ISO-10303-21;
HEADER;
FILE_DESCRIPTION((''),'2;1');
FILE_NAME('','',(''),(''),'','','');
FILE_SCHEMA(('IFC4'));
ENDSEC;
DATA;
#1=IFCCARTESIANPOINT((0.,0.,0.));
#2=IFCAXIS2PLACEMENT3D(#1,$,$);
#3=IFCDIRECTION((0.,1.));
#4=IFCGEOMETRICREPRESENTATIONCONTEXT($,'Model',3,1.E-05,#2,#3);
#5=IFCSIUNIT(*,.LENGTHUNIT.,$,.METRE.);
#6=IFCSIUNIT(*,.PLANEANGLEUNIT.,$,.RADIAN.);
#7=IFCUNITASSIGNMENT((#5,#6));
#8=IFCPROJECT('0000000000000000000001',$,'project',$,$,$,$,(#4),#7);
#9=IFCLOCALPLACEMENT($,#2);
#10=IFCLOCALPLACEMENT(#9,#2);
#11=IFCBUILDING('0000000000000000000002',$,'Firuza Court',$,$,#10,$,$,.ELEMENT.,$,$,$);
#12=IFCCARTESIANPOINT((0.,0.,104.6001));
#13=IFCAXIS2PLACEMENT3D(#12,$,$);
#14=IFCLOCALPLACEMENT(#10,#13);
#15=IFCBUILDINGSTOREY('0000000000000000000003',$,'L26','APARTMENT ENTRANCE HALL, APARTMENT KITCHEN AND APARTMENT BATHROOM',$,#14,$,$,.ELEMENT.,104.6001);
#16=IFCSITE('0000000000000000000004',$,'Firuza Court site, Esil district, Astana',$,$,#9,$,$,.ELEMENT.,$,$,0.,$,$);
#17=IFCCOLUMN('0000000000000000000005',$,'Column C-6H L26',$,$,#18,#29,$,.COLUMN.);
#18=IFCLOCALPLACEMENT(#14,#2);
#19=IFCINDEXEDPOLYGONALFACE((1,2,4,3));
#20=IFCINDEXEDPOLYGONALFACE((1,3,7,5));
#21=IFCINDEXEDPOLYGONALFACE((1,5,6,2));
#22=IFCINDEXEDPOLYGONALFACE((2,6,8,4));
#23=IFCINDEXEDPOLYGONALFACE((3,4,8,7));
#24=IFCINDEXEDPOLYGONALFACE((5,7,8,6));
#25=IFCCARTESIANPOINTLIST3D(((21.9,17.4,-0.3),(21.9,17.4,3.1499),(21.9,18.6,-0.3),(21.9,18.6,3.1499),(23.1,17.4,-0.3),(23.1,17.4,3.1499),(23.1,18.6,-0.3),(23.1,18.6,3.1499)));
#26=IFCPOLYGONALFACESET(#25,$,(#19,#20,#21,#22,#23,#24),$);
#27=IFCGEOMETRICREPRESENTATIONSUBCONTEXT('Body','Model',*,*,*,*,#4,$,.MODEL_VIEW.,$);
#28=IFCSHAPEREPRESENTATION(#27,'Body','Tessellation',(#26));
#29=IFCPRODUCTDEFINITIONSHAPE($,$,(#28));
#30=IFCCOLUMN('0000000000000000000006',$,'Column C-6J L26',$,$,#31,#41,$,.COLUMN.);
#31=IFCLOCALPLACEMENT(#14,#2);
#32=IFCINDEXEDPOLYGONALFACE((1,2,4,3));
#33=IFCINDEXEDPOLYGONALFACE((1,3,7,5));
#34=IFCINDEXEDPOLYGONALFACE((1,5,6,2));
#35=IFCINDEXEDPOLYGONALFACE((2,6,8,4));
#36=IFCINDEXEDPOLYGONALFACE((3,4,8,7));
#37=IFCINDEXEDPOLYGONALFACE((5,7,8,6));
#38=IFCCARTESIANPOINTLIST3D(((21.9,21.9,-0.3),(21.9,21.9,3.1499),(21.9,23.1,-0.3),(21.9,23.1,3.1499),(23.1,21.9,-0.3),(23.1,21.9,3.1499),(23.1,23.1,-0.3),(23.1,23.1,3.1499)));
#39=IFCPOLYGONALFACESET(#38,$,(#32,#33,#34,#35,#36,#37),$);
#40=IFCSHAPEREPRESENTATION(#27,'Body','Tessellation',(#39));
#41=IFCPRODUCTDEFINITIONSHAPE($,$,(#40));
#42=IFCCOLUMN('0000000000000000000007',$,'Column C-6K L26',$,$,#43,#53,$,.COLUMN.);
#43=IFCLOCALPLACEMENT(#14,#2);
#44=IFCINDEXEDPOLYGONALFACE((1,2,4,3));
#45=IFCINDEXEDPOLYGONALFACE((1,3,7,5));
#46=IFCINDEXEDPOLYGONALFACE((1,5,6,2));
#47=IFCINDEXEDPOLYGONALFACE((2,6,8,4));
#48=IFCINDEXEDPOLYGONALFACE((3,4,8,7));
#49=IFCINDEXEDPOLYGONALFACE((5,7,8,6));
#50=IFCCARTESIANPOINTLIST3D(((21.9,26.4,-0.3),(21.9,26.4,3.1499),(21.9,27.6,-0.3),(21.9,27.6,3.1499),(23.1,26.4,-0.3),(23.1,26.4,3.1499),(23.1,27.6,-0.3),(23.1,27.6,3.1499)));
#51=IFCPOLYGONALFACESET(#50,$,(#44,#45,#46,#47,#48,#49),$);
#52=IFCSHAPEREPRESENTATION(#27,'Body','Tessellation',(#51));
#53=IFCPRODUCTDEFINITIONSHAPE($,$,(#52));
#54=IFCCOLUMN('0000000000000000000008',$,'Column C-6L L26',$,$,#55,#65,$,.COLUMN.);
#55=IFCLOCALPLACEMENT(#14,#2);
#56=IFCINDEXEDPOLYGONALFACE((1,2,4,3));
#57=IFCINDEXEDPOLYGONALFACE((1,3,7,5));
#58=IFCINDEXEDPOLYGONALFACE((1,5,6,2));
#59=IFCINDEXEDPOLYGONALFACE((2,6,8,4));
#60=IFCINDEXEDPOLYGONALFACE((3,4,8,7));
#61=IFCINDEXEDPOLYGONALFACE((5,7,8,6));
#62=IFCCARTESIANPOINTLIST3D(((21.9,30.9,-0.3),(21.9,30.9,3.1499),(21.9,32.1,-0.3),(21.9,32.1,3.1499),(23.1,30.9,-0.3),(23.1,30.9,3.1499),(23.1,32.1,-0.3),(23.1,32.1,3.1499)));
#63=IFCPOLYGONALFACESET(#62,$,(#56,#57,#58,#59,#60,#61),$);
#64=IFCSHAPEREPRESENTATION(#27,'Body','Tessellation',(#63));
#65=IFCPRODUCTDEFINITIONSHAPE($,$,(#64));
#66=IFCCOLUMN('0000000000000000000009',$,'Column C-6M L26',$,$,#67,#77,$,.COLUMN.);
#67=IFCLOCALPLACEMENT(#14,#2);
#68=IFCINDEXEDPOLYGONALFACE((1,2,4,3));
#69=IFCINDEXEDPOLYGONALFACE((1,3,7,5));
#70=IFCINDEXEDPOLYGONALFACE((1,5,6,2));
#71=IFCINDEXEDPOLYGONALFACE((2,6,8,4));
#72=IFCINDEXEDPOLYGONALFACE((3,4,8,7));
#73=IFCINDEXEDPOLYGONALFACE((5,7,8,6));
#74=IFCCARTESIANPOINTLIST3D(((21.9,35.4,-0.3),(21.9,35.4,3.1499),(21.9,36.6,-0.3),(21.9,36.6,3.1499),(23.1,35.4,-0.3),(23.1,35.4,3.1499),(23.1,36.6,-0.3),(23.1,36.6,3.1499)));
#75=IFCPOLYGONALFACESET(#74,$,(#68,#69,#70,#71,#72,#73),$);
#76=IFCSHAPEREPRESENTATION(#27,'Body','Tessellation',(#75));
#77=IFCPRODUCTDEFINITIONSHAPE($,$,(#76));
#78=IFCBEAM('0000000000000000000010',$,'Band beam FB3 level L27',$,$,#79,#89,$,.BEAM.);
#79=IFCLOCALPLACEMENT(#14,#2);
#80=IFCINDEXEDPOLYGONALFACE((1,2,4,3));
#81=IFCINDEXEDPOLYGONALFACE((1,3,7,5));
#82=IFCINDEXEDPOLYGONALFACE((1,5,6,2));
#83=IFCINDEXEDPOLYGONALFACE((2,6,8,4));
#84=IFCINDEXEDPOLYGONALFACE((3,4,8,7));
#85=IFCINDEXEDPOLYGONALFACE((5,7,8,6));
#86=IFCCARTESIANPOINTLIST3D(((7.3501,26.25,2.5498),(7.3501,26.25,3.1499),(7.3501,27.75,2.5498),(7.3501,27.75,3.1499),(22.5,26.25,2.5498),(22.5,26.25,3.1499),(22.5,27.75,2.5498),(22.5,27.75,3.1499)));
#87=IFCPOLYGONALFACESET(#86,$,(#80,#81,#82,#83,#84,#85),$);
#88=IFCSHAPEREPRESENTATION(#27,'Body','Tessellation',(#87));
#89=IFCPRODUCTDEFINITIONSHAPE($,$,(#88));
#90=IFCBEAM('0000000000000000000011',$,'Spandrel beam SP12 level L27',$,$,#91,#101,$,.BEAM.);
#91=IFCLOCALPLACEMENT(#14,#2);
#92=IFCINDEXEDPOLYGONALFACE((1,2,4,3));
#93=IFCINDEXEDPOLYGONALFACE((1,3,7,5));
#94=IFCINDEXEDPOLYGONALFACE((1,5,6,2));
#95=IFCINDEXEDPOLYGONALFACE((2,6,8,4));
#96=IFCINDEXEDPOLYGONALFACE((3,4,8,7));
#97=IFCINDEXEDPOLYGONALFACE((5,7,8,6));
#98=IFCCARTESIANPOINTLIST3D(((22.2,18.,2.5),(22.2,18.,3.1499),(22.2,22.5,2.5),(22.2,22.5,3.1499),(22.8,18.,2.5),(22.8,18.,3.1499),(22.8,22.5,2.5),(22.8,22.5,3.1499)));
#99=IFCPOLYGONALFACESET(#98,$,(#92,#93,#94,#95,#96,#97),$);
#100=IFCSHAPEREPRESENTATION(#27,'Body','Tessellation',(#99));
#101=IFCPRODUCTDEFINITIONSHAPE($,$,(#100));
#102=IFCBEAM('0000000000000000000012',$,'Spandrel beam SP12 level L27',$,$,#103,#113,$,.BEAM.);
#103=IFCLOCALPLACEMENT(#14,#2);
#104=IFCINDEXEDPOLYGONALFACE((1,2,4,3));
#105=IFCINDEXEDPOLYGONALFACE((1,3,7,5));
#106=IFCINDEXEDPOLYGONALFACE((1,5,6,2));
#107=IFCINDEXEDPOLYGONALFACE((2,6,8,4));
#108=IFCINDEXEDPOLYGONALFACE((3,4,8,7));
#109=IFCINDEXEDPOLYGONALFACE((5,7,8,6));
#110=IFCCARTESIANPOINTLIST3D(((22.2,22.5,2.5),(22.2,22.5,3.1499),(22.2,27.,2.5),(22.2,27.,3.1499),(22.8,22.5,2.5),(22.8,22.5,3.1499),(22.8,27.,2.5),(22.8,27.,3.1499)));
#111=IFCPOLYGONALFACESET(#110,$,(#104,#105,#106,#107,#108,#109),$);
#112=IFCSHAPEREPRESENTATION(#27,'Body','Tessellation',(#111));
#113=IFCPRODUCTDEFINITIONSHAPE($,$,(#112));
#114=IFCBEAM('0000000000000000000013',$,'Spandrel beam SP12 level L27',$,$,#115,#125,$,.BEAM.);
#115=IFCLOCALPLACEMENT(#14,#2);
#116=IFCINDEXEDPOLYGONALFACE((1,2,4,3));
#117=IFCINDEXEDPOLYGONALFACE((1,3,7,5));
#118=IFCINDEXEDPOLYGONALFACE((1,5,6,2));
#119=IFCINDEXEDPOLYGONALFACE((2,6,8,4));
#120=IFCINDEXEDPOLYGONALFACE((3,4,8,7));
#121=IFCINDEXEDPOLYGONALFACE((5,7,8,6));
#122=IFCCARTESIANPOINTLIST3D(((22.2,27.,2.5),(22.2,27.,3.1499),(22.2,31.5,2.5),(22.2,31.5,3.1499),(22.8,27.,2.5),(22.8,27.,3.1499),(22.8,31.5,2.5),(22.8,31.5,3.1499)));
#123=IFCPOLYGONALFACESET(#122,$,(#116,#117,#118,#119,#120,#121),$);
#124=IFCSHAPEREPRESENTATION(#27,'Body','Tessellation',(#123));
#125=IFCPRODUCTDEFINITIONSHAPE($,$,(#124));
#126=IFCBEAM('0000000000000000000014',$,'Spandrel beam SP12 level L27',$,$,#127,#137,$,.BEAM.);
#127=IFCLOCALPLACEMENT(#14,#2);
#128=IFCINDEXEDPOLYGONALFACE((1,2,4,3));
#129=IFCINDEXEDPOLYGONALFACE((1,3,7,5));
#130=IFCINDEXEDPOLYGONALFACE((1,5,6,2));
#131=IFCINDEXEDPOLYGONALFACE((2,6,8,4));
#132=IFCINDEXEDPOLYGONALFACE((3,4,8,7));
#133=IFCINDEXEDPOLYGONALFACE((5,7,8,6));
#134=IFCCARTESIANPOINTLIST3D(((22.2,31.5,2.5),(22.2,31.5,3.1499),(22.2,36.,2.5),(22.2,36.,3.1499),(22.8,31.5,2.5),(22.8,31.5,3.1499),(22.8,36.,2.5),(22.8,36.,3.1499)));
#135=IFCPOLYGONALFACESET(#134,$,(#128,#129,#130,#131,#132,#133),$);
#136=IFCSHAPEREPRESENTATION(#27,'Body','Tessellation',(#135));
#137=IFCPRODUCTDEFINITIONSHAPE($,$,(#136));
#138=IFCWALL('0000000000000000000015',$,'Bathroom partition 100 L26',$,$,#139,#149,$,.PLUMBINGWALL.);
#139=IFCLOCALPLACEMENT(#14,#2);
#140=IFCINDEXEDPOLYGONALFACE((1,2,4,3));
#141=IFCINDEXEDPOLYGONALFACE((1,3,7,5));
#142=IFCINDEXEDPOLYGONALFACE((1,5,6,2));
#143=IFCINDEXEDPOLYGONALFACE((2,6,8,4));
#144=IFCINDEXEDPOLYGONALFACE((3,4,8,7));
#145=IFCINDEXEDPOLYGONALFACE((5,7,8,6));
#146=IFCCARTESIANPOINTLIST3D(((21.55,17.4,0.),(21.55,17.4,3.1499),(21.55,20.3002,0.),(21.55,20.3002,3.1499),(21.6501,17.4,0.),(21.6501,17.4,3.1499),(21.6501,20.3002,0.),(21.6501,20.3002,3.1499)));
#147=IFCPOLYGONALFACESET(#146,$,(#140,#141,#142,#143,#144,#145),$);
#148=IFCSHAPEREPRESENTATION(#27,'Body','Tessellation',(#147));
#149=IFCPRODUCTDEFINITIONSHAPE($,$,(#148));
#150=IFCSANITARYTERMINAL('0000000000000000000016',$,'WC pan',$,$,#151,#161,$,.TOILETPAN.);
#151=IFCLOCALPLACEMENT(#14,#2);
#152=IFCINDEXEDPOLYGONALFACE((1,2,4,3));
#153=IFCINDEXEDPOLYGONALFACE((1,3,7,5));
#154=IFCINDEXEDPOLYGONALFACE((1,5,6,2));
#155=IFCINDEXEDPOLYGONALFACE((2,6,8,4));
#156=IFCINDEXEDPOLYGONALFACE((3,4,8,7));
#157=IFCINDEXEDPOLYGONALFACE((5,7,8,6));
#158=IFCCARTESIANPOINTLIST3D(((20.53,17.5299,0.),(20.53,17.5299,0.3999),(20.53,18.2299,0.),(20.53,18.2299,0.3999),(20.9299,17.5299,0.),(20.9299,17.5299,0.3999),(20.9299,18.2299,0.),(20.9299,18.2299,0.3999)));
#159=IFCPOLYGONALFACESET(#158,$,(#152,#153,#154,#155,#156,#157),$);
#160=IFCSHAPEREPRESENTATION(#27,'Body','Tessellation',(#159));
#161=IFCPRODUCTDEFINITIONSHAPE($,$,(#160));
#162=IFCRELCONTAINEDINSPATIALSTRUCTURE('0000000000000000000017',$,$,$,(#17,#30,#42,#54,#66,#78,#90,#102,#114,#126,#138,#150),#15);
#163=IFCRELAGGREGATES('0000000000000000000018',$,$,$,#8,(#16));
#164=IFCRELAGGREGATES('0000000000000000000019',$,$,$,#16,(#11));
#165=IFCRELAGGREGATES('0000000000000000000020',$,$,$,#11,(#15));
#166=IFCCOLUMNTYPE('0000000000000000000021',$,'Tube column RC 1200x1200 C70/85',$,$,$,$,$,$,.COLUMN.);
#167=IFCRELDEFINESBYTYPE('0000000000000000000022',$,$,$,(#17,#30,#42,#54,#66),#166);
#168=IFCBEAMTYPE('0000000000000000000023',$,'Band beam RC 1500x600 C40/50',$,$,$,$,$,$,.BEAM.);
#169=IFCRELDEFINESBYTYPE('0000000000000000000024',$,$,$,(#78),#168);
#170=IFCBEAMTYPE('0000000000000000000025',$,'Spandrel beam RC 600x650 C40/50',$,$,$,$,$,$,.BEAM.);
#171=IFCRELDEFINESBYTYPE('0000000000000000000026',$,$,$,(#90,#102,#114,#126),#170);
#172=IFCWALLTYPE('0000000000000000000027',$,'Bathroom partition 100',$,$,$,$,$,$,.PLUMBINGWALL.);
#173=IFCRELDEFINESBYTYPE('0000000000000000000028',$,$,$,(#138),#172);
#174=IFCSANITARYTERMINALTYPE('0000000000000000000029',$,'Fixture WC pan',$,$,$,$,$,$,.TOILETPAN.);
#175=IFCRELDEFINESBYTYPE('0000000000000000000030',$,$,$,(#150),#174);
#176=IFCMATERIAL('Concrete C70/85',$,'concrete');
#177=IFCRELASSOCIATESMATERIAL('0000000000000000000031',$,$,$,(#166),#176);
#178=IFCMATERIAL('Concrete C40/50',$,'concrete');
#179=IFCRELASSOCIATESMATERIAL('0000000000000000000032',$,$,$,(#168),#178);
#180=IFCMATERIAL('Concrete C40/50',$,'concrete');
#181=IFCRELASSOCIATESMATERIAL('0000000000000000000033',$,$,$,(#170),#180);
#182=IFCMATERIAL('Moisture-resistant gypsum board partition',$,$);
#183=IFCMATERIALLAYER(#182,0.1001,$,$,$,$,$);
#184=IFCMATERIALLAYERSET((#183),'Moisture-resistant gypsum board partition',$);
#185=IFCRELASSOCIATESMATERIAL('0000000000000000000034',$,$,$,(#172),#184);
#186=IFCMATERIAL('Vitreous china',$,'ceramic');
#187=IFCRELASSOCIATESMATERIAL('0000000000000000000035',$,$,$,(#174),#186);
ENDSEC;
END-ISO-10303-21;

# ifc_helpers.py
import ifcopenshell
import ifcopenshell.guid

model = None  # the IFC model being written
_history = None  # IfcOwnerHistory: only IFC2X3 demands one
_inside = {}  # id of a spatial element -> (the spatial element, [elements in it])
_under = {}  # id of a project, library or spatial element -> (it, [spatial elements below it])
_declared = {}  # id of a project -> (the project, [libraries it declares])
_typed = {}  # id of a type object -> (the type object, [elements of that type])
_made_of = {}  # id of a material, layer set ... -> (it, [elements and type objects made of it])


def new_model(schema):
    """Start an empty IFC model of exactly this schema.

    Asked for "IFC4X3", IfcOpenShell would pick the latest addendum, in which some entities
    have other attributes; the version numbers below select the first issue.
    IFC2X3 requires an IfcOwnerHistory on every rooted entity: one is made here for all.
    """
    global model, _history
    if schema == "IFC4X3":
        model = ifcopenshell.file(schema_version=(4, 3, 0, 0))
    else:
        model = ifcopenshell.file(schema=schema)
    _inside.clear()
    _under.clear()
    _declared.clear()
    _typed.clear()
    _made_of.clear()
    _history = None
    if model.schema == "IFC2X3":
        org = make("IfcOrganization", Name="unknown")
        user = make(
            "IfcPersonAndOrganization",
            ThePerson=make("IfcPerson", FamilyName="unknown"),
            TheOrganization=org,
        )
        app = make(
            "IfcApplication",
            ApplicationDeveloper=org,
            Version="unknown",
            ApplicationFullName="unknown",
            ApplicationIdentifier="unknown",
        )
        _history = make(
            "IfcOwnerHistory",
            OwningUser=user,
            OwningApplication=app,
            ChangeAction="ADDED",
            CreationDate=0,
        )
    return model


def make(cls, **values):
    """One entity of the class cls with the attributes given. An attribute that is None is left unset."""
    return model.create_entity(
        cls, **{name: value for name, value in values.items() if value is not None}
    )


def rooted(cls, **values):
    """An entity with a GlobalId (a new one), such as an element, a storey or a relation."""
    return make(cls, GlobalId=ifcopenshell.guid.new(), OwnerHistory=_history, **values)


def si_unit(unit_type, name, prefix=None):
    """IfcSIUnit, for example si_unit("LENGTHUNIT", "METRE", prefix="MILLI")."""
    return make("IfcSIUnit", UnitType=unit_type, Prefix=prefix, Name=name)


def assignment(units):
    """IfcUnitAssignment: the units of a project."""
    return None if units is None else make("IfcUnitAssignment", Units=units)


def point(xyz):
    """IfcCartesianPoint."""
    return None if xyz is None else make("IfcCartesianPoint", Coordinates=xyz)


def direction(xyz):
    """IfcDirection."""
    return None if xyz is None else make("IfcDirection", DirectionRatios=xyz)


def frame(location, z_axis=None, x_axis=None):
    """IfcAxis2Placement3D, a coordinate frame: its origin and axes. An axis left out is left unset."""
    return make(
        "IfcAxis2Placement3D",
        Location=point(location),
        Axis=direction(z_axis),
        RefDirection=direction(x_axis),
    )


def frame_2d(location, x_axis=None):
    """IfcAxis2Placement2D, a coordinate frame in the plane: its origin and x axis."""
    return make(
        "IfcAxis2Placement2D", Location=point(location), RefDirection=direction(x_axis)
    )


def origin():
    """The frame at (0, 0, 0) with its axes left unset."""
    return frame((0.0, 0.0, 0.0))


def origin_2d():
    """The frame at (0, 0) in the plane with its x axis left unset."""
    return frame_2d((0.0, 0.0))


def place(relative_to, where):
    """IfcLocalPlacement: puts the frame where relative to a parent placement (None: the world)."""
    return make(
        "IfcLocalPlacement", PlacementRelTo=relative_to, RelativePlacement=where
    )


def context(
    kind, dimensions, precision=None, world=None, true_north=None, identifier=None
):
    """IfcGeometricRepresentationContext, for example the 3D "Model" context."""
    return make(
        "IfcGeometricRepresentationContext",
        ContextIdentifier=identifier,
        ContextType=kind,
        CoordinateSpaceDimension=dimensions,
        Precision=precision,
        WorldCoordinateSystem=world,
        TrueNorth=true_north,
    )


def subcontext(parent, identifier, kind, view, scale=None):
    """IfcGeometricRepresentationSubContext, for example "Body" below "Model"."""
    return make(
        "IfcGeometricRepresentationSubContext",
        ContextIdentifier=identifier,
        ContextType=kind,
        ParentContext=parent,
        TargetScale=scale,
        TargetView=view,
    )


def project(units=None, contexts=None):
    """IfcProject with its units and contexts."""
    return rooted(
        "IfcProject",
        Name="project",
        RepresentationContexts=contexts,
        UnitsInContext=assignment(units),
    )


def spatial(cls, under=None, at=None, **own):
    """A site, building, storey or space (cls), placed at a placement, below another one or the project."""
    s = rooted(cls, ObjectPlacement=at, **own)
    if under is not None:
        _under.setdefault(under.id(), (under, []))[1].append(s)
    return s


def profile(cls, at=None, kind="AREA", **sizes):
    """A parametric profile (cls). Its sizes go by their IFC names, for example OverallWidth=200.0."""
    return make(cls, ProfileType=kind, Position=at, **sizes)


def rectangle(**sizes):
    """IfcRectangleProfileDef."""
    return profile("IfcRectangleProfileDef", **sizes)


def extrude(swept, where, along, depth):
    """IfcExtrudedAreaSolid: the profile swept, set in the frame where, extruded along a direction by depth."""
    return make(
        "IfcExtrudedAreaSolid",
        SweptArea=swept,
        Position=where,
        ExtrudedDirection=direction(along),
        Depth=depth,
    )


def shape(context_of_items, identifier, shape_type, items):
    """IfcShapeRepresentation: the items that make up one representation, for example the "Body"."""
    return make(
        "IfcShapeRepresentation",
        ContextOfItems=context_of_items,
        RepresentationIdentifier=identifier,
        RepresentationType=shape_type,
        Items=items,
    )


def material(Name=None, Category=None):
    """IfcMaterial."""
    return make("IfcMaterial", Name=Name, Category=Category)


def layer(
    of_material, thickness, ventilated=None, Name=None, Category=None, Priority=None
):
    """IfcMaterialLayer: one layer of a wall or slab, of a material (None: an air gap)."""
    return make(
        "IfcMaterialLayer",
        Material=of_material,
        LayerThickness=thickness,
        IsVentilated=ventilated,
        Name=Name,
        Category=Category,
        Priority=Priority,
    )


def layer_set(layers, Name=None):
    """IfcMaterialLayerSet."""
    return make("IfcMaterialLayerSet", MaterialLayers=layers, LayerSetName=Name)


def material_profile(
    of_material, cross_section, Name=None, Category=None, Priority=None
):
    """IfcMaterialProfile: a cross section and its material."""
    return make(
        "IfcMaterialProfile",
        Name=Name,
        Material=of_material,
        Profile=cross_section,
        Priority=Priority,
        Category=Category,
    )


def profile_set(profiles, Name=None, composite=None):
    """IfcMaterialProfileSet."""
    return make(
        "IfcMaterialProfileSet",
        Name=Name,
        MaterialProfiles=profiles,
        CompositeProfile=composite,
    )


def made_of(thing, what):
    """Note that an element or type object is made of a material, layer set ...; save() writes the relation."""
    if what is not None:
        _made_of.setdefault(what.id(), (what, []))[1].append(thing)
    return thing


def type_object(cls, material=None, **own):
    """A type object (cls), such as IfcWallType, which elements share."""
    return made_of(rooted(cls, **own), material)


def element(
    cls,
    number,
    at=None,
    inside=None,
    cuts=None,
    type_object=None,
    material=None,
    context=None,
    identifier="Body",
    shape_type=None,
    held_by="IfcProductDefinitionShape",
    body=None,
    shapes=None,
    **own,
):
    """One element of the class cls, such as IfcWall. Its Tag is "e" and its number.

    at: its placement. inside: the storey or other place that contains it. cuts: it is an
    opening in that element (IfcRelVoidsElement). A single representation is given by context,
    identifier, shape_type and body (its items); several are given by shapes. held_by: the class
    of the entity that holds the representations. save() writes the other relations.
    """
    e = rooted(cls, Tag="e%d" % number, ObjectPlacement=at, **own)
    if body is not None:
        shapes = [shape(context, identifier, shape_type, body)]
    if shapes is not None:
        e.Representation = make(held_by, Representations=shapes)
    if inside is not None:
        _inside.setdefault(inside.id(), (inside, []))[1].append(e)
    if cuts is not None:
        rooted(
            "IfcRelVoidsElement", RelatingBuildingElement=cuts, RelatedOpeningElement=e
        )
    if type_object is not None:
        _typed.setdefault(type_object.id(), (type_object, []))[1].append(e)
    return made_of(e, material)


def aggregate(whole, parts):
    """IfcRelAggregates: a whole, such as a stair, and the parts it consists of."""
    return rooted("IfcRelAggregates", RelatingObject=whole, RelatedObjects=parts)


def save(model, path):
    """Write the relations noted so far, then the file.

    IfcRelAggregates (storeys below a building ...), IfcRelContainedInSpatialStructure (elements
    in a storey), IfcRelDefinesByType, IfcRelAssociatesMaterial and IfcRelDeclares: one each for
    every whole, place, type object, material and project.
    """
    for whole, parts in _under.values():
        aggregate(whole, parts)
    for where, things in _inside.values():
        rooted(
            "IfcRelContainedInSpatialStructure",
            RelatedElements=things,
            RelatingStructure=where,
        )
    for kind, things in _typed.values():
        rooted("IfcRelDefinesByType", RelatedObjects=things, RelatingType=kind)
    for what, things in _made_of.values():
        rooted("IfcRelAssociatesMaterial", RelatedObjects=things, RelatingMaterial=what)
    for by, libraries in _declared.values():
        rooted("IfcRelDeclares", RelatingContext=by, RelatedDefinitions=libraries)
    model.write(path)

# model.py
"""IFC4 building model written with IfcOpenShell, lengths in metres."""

from ifc_helpers import new_model, si_unit, direction, frame, frame_2d, origin, origin_2d, place, context, subcontext, project, spatial, rectangle, extrude, material, layer, layer_set, material_profile, profile_set, type_object, element, save


model = new_model("IFC4")

# Units and contexts
model_context = context("Model", 3, precision=1e-05, world=origin(), true_north=direction((0.0, 1.0)))
body_context = subcontext(model_context, "Body", "Model", "MODEL_VIEW")
ifc_project = project(units=[si_unit("LENGTHUNIT", "METRE"), si_unit("PLANEANGLEUNIT", "RADIAN")], contexts=[model_context])

# Site, building, storey
site_placement = place(None, origin())
site = spatial("IfcSite", under=ifc_project, at=site_placement, Name="Firuza Court site, Esil district, Astana", CompositionType="ELEMENT", RefElevation=0.0)
building_placement = place(site_placement, origin())
building = spatial("IfcBuilding", under=site, at=building_placement, Name="Firuza Court", CompositionType="ELEMENT")
storey_placement = place(building_placement, frame((0.0, 0.0, 104.6001)))
storey = spatial("IfcBuildingStorey", under=building, at=storey_placement, Name="L26", Description="APARTMENT ENTRANCE HALL, APARTMENT KITCHEN AND APARTMENT BATHROOM", CompositionType="ELEMENT", Elevation=104.6001)

# Columns
ifc_material_1 = material(Name="Concrete C70/85", Category="concrete")
ifc_material_profile_1 = material_profile(ifc_material_1, rectangle(XDim=1.2, YDim=1.2, at=origin_2d()), Name="RC 1200x1200")
ifc_profile_set_1 = profile_set([ifc_material_profile_1], Name="Concrete C70/85")
column_type = type_object("IfcColumnType", Name="Tube column RC 1200x1200 C70/85", PredefinedType="COLUMN", material=ifc_profile_set_1)
for number, where, z_axis, x_axis, name in (
    (1, (22.5, 18.0, -0.3), (0.0, 0.0, 1.0), (1.0, 0.0, 0.0), "Column C-6H L26"),
    (2, (22.5, 22.5, -0.3), (0.0, 0.0, 1.0), (1.0, 0.0, 0.0), "Column C-6J L26"),
    (3, (22.5, 27.0, -0.3), (0.0, 0.0, 1.0), (1.0, 0.0, 0.0), "Column C-6K L26"),
    (4, (22.5, 31.5, -0.3), (0.0, 0.0, 1.0), (1.0, 0.0, 0.0), "Column C-6L L26"),
    (5, (22.5, 36.0, -0.3), (0.0, 0.0, 1.0), (1.0, 0.0, 0.0), "Column C-6M L26"),
):
    element("IfcColumn", number, at=place(storey_placement, frame(where, z_axis=z_axis, x_axis=x_axis)), inside=storey, type_object=column_type, Name=name, PredefinedType="COLUMN", context=body_context, shape_type="SweptSolid", body=[
        extrude(rectangle(XDim=1.2, YDim=1.2, at=origin_2d()), origin(), (0.0, 0.0, 1.0), 3.45),
    ])

# Beams
ifc_material_2 = material(Name="Concrete C40/50", Category="concrete")
ifc_material_profile_2 = material_profile(ifc_material_2, rectangle(XDim=1.5, YDim=0.6001, at=origin_2d()), Name="RC 1500x600")
ifc_profile_set_2 = profile_set([ifc_material_profile_2], Name="Concrete C40/50")
beam_type_1 = type_object("IfcBeamType", Name="Band beam RC 1500x600 C40/50", PredefinedType="BEAM", material=ifc_profile_set_2)
beam_placement = place(storey_placement, frame((22.5, 27.0, 2.8499), z_axis=(-1.0, 0.0, 0.0), x_axis=(0.0, -1.0, 0.0)))
element("IfcBeam", 6, at=beam_placement, inside=storey, type_object=beam_type_1, Name="Band beam FB3 level L27", PredefinedType="BEAM", context=body_context, shape_type="SweptSolid", body=[
    extrude(rectangle(XDim=1.5, YDim=0.6001, at=origin_2d()), origin(), (0.0, 0.0, 1.0), 15.1499),
])
ifc_material_3 = material(Name="Concrete C40/50", Category="concrete")
ifc_material_profile_3 = material_profile(ifc_material_3, rectangle(XDim=0.6001, YDim=0.6499, at=origin_2d()), Name="RC 600x650")
ifc_profile_set_3 = profile_set([ifc_material_profile_3], Name="Concrete C40/50")
beam_type_2 = type_object("IfcBeamType", Name="Spandrel beam RC 600x650 C40/50", PredefinedType="BEAM", material=ifc_profile_set_3)
for number, where, z_axis, x_axis, name in (
    (7, (22.5, 18.0, 2.825), (0.0, 1.0, 0.0), (-1.0, 0.0, 0.0), "Spandrel beam SP12 level L27"),
    (8, (22.5, 22.5, 2.825), (0.0, 1.0, 0.0), (-1.0, 0.0, 0.0), "Spandrel beam SP12 level L27"),
    (9, (22.5, 27.0, 2.825), (0.0, 1.0, 0.0), (-1.0, 0.0, 0.0), "Spandrel beam SP12 level L27"),
    (10, (22.5, 31.5, 2.825), (0.0, 1.0, 0.0), (-1.0, 0.0, 0.0), "Spandrel beam SP12 level L27"),
):
    element("IfcBeam", number, at=place(storey_placement, frame(where, z_axis=z_axis, x_axis=x_axis)), inside=storey, type_object=beam_type_2, Name=name, PredefinedType="BEAM", context=body_context, shape_type="SweptSolid", body=[
        extrude(rectangle(XDim=0.6001, YDim=0.6499, at=origin_2d()), origin(), (0.0, 0.0, 1.0), 4.5),
    ])

# Wall
ifc_material_4 = material(Name="Moisture-resistant gypsum board partition")
ifc_layer = layer(ifc_material_4, 0.1001)
ifc_layer_set = layer_set([ifc_layer], Name="Moisture-resistant gypsum board partition")
wall_type = type_object("IfcWallType", Name="Bathroom partition 100", PredefinedType="PLUMBINGWALL", material=ifc_layer_set)
wall_placement = place(storey_placement, frame((21.6001, 17.3999, 0.0), z_axis=(0.0, 0.0, 1.0), x_axis=(0.0, 1.0, 0.0)))
element("IfcWall", 11, at=wall_placement, inside=storey, type_object=wall_type, Name="Bathroom partition 100 L26", PredefinedType="PLUMBINGWALL", context=body_context, shape_type="SweptSolid", body=[
    extrude(rectangle(XDim=2.9001, YDim=0.1001, at=frame_2d((1.4502, 0.0))), origin(), (0.0, 0.0, 1.0), 3.1499),
])

# Sanitary terminal
ifc_material_5 = material(Name="Vitreous china", Category="ceramic")
sanitary_terminal_type = type_object("IfcSanitaryTerminalType", Name="Fixture WC pan", PredefinedType="TOILETPAN", material=ifc_material_5)
sanitary_terminal_placement = place(storey_placement, frame((20.73, 17.8799, 0.0), z_axis=(0.0, 0.0, 1.0), x_axis=(1.0, 0.0, 0.0)))
element("IfcSanitaryTerminal", 12, at=sanitary_terminal_placement, inside=storey, type_object=sanitary_terminal_type, Name="WC pan", PredefinedType="TOILETPAN", context=body_context, shape_type="SweptSolid", body=[
    extrude(rectangle(XDim=0.3999, YDim=0.7, at=origin_2d()), origin(), (0.0, 0.0, 1.0), 0.3999),
])

save(model, "model.ifc")
